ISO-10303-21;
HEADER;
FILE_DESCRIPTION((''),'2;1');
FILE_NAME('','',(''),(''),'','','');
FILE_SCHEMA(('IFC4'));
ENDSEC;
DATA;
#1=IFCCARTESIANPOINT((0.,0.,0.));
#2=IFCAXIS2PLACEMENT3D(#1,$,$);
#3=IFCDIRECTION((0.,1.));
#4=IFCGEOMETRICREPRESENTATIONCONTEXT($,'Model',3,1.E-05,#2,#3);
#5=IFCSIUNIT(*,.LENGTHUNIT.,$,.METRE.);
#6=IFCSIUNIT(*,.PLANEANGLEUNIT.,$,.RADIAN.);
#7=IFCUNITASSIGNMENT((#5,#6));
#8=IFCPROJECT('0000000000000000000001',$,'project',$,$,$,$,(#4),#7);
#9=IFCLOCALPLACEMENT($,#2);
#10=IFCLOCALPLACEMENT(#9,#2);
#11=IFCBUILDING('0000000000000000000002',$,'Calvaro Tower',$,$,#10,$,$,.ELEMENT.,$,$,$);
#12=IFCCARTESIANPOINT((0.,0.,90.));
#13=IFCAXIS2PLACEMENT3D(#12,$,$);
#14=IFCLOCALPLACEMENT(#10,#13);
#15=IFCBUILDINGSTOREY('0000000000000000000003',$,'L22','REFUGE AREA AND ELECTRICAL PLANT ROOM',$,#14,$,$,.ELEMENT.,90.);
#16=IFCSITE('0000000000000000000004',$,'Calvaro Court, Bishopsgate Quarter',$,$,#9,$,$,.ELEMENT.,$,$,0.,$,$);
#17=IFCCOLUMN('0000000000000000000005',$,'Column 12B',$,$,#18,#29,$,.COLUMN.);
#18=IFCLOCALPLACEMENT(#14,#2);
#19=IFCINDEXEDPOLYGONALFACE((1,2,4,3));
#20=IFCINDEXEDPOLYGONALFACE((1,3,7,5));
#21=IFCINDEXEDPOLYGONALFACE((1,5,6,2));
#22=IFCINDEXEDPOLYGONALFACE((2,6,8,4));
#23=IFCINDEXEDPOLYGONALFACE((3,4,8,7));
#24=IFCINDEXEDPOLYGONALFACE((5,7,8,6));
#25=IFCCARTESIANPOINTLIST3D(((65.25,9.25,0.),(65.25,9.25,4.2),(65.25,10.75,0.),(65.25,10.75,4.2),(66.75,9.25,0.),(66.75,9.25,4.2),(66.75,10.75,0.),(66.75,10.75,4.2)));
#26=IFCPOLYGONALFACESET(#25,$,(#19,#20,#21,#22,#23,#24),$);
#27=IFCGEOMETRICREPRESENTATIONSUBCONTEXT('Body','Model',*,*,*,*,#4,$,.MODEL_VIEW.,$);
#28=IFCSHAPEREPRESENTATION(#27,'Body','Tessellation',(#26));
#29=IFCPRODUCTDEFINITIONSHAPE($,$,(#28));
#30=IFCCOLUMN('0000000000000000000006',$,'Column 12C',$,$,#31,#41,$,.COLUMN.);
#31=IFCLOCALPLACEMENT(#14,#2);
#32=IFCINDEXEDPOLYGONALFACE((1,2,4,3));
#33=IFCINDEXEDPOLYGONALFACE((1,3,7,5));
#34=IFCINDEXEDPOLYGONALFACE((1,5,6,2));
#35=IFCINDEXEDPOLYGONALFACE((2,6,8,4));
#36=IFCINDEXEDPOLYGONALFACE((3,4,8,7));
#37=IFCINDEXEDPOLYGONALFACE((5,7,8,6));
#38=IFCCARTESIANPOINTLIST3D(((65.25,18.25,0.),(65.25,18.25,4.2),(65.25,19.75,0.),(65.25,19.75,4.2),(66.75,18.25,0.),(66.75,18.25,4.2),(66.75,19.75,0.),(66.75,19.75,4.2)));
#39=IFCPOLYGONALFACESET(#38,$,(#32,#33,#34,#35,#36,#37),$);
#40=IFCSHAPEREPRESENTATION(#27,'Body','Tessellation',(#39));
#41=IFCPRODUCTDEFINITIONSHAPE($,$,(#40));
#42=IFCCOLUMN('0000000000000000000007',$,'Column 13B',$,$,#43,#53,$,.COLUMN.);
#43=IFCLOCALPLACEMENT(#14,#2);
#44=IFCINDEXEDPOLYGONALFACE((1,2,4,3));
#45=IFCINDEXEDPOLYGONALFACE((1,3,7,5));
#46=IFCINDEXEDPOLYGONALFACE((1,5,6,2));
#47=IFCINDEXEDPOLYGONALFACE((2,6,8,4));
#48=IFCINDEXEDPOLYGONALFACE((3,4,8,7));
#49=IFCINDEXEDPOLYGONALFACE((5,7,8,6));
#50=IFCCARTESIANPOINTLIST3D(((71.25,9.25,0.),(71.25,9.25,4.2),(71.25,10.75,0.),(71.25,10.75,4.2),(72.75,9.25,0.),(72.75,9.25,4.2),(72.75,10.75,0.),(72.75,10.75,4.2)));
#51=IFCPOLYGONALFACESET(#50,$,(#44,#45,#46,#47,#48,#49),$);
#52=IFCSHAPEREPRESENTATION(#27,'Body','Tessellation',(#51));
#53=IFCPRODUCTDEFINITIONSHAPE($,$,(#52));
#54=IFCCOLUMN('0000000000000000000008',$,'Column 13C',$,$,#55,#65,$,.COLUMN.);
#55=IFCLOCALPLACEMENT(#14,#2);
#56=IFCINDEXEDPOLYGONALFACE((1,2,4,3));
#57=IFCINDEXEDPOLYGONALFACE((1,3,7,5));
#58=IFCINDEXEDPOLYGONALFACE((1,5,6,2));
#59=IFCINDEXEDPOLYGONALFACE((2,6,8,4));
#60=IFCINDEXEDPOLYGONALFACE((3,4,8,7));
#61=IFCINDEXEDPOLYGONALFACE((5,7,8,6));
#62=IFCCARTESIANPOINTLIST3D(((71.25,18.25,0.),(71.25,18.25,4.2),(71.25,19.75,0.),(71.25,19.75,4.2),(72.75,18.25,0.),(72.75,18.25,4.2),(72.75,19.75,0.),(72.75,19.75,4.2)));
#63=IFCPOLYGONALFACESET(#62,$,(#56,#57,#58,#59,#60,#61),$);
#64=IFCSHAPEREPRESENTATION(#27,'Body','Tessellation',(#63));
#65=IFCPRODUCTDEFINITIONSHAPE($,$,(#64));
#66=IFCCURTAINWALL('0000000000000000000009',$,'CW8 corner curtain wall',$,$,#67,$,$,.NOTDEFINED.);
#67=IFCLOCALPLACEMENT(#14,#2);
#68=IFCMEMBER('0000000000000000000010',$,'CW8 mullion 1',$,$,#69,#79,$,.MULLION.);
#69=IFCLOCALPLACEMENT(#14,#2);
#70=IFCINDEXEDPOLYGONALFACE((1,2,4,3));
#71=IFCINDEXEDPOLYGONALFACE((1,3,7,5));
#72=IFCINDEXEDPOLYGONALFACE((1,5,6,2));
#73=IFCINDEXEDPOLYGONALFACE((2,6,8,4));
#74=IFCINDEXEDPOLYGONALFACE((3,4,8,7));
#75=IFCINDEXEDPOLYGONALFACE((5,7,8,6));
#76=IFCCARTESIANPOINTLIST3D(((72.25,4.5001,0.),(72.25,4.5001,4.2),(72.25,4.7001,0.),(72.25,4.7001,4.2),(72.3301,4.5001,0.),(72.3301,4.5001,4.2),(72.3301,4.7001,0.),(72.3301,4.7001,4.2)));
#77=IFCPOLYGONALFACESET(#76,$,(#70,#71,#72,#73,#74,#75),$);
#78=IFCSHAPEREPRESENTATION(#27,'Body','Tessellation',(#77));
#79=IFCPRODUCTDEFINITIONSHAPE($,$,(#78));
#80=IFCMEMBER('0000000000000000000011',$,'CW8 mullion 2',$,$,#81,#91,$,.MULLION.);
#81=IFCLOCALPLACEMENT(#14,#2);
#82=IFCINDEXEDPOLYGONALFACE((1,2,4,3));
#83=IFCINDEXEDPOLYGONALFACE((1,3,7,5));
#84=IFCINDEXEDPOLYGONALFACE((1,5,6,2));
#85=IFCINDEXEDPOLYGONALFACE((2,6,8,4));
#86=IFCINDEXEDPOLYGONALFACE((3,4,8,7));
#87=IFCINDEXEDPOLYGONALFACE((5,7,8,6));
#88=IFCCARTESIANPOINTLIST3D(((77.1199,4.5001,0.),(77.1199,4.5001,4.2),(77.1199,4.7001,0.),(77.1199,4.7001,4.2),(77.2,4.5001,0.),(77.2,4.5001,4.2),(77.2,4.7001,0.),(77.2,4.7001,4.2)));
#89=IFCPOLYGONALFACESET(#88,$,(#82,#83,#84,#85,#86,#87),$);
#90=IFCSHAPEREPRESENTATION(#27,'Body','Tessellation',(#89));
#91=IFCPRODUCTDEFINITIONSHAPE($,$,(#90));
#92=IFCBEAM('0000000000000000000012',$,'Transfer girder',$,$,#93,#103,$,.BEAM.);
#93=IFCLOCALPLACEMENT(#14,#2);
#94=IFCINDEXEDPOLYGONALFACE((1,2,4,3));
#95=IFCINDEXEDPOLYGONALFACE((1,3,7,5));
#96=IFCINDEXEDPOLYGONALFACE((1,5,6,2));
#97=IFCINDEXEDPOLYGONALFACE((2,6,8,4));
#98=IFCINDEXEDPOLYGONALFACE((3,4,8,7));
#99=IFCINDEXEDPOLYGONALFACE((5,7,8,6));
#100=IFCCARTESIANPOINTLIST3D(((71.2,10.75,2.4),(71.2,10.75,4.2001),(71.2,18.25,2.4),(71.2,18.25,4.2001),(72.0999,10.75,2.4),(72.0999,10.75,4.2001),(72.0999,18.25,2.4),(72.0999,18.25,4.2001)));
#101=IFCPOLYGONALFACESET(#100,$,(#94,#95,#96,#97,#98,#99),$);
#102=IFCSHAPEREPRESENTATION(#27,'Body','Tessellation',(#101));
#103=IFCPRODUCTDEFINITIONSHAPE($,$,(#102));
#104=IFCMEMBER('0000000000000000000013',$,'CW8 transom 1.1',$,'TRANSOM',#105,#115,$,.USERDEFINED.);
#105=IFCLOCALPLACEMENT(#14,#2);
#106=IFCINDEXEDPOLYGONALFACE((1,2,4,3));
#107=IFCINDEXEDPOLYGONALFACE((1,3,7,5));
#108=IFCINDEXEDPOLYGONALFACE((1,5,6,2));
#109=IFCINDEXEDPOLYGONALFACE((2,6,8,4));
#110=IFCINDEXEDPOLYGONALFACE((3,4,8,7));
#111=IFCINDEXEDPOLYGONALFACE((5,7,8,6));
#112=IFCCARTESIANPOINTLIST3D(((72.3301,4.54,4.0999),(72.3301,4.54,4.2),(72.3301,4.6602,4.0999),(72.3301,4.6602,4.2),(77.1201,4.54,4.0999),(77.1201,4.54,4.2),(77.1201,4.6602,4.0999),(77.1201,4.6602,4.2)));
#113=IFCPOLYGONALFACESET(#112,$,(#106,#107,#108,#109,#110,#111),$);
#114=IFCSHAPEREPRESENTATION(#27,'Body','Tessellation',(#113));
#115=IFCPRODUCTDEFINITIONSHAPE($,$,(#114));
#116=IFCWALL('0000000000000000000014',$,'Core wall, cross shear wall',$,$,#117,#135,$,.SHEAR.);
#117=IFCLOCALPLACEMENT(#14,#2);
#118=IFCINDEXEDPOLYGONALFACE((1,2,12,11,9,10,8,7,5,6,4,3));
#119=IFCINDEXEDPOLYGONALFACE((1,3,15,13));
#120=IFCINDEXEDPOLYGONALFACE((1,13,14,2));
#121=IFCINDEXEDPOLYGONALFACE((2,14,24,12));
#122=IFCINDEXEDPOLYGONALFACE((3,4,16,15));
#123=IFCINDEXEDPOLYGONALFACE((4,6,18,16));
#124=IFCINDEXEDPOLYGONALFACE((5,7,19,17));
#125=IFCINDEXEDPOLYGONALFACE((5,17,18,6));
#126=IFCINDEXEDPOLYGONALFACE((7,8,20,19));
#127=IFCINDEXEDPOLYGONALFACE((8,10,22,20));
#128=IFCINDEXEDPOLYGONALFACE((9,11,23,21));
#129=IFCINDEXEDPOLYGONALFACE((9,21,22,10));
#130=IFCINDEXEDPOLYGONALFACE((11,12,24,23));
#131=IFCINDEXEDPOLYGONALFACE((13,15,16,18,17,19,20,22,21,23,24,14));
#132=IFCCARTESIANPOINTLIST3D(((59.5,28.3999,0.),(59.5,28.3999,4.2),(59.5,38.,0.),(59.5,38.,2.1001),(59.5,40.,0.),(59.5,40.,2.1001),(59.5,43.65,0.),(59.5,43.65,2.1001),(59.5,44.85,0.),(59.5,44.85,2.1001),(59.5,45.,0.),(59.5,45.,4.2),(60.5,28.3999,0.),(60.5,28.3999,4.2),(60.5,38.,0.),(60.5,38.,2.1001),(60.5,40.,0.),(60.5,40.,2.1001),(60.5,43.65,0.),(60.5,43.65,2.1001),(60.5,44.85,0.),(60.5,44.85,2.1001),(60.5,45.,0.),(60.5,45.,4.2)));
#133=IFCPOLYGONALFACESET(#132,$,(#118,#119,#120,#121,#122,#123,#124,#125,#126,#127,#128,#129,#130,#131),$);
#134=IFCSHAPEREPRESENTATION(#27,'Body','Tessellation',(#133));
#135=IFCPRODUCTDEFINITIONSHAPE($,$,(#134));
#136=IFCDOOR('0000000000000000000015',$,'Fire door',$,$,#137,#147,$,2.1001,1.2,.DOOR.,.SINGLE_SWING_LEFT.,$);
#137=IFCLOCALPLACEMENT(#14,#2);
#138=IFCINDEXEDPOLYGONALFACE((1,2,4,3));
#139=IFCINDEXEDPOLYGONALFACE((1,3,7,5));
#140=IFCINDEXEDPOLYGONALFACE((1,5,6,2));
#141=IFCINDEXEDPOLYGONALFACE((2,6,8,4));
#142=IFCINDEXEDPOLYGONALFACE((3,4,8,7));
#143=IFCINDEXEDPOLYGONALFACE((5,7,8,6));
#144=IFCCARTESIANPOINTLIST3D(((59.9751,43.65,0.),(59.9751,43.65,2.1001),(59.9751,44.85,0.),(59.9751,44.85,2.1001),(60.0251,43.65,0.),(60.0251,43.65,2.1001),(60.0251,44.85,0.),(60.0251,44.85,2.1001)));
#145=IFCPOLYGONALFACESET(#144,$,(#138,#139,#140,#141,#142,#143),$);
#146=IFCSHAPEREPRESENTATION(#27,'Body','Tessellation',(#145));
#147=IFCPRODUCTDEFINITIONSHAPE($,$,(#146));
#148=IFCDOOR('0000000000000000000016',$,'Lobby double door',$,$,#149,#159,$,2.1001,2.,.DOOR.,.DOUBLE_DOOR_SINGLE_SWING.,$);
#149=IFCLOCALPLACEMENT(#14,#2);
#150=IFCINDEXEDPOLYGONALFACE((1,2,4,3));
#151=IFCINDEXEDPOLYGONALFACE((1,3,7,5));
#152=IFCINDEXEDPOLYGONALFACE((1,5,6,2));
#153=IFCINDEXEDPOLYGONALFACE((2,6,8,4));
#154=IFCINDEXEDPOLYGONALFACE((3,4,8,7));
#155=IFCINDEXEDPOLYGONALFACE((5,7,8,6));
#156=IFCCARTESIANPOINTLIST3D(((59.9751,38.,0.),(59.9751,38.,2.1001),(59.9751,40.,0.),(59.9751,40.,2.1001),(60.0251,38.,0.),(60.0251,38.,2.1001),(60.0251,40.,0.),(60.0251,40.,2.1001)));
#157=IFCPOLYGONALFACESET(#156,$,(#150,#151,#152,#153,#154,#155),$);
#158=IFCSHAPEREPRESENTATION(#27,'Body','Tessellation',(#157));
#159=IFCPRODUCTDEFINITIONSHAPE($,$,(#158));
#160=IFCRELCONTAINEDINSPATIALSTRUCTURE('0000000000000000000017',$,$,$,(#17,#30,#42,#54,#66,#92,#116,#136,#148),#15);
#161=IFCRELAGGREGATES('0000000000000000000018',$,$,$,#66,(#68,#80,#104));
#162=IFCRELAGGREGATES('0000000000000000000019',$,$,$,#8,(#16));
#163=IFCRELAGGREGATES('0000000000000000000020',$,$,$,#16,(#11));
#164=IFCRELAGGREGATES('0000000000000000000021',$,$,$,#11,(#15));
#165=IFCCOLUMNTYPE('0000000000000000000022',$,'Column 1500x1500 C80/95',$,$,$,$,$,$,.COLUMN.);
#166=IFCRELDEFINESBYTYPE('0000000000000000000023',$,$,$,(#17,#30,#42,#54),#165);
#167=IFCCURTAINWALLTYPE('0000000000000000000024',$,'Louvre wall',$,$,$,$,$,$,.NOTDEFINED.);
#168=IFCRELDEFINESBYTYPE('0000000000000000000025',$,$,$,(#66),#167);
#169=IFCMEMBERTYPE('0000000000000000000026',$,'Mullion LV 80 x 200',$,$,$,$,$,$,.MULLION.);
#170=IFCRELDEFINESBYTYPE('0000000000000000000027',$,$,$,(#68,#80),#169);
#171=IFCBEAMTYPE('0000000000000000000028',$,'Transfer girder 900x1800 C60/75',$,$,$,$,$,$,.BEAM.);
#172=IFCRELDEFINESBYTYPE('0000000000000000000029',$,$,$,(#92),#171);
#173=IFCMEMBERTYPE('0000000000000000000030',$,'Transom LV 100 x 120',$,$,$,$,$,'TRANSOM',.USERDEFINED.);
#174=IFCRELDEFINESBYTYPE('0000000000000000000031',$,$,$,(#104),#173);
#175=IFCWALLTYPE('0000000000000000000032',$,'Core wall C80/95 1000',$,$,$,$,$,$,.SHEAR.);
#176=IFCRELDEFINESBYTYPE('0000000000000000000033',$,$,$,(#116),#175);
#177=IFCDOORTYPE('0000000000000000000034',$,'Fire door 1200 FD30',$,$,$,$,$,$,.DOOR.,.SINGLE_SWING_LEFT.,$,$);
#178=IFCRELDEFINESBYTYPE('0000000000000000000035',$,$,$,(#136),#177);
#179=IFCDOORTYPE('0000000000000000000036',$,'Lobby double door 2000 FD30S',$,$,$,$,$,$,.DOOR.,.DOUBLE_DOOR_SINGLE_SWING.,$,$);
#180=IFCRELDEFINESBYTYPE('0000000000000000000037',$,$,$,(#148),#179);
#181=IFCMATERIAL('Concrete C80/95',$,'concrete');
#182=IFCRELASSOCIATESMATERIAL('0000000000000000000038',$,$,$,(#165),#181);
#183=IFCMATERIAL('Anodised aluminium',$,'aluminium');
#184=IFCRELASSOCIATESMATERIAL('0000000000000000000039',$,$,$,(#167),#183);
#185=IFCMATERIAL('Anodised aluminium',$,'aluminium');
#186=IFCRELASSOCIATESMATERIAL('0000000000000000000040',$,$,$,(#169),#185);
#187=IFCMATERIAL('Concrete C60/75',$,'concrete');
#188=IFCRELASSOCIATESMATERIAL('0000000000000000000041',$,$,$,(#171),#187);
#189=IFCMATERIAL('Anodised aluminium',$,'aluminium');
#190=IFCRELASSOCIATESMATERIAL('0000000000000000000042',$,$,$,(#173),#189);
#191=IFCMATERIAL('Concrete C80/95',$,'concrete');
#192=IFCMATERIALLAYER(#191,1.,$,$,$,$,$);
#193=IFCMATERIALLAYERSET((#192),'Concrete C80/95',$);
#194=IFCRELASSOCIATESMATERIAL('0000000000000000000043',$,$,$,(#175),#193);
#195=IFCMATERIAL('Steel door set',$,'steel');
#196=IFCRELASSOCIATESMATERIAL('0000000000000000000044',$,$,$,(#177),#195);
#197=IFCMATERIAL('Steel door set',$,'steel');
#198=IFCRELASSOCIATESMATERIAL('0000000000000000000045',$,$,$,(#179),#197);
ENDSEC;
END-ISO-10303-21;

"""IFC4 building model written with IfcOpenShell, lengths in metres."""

from ifc_helpers import new_model, si_unit, direction, frame, frame_2d, origin, origin_2d, place, context, subcontext, project, spatial, rectangle, extrude, material, layer, layer_set, material_profile, profile_set, type_object, element, fill, aggregate, save


model = new_model("IFC4")

# Units and contexts
model_context = context("Model", 3, precision=1e-05, world=origin(), true_north=direction((0.0, 1.0)))
body_context = subcontext(model_context, "Body", "Model", "MODEL_VIEW")
ifc_project = project(units=[si_unit("LENGTHUNIT", "METRE"), si_unit("PLANEANGLEUNIT", "RADIAN")], contexts=[model_context])

# Site, building, storey
site_placement = place(None, origin())
site = spatial("IfcSite", under=ifc_project, at=site_placement, Name="Calvaro Court, Bishopsgate Quarter", CompositionType="ELEMENT", RefElevation=0.0)
building_placement = place(site_placement, origin())
building = spatial("IfcBuilding", under=site, at=building_placement, Name="Calvaro Tower", CompositionType="ELEMENT")
storey_placement = place(building_placement, frame((0.0, 0.0, 90.0)))
storey = spatial("IfcBuildingStorey", under=building, at=storey_placement, Name="L22", Description="REFUGE AREA AND ELECTRICAL PLANT ROOM", CompositionType="ELEMENT", Elevation=90.0)

# Columns
ifc_material_1 = material(Name="Concrete C80/95", Category="concrete")
ifc_material_profile_1 = material_profile(ifc_material_1, rectangle(XDim=1.5, YDim=1.5, at=origin_2d()), Name="RC 1500x1500")
ifc_profile_set_1 = profile_set([ifc_material_profile_1], Name="Concrete C80/95")
column_type = type_object("IfcColumnType", Name="Column 1500x1500 C80/95", PredefinedType="COLUMN", material=ifc_profile_set_1)
for number, where, z_axis, x_axis, name in (
    (1, (66.0, 10.0, 0.0), (0.0, 0.0, 1.0), (1.0, 0.0, 0.0), "Column 12B"),
    (2, (66.0, 19.0, 0.0), (0.0, 0.0, 1.0), (1.0, 0.0, 0.0), "Column 12C"),
    (3, (72.0, 10.0, 0.0), (0.0, 0.0, 1.0), (1.0, 0.0, 0.0), "Column 13B"),
    (4, (72.0, 19.0, 0.0), (0.0, 0.0, 1.0), (1.0, 0.0, 0.0), "Column 13C"),
):
    element("IfcColumn", number, at=place(storey_placement, frame(where, z_axis=z_axis, x_axis=x_axis)), inside=storey, type_object=column_type, Name=name, PredefinedType="COLUMN", context=body_context, shape_type="SweptSolid", body=[
        extrude(rectangle(XDim=1.5, YDim=1.5, at=origin_2d()), origin(), (0.0, 0.0, 1.0), 4.2),
    ])

# Curtain wall, members
ifc_material_2 = material(Name="Anodised aluminium", Category="aluminium")
curtain_wall_type = type_object("IfcCurtainWallType", Name="Louvre wall", PredefinedType="NOTDEFINED", material=ifc_material_2)
curtain_wall_placement = place(storey_placement, origin())
curtain_wall = element("IfcCurtainWall", 5, at=curtain_wall_placement, inside=storey, type_object=curtain_wall_type, Name="CW8 corner curtain wall", PredefinedType="NOTDEFINED")
ifc_material_3 = material(Name="Anodised aluminium", Category="aluminium")
ifc_material_profile_2 = material_profile(ifc_material_3, rectangle(XDim=0.2, YDim=0.0801, at=origin_2d()), Name="Mullion LV 80 x 200")
ifc_profile_set_2 = profile_set([ifc_material_profile_2], Name="Anodised aluminium")
member_type_1 = type_object("IfcMemberType", Name="Mullion LV 80 x 200", PredefinedType="MULLION", material=ifc_profile_set_2)
member_1_placement = place(storey_placement, frame((72.29, 4.6001, 0.0), z_axis=(0.0, 0.0, 1.0), x_axis=(0.0, 1.0, 0.0)))
member_1 = element("IfcMember", 6, at=member_1_placement, type_object=member_type_1, Name="CW8 mullion 1", PredefinedType="MULLION", context=body_context, shape_type="SweptSolid", body=[
    extrude(rectangle(XDim=0.2, YDim=0.0801, at=origin_2d()), origin(), (0.0, 0.0, 1.0), 4.2),
])
member_2_placement = place(storey_placement, frame((77.1599, 4.6001, 0.0), z_axis=(0.0, 0.0, 1.0), x_axis=(0.0, 1.0, 0.0)))
member_2 = element("IfcMember", 7, at=member_2_placement, type_object=member_type_1, Name="CW8 mullion 2", PredefinedType="MULLION", context=body_context, shape_type="SweptSolid", body=[
    extrude(rectangle(XDim=0.2, YDim=0.0801, at=origin_2d()), origin(), (0.0, 0.0, 1.0), 4.2),
])

# Beam
ifc_material_4 = material(Name="Concrete C60/75", Category="concrete")
ifc_material_profile_3 = material_profile(ifc_material_4, rectangle(XDim=0.8999, YDim=1.8, at=origin_2d()), Name="RC 900x1800")
ifc_profile_set_3 = profile_set([ifc_material_profile_3], Name="Concrete C60/75")
beam_type = type_object("IfcBeamType", Name="Transfer girder 900x1800 C60/75", PredefinedType="BEAM", material=ifc_profile_set_3)
beam_placement = place(storey_placement, frame((71.6499, 10.75, 3.3), z_axis=(0.0, 1.0, 0.0), x_axis=(-1.0, 0.0, 0.0)))
element("IfcBeam", 8, at=beam_placement, inside=storey, type_object=beam_type, Name="Transfer girder", PredefinedType="BEAM", context=body_context, shape_type="SweptSolid", body=[
    extrude(rectangle(XDim=0.8999, YDim=1.8, at=origin_2d()), origin(), (0.0, 0.0, 1.0), 7.5),
])

# Member
ifc_material_5 = material(Name="Anodised aluminium", Category="aluminium")
ifc_material_profile_4 = material_profile(ifc_material_5, rectangle(XDim=0.1201, YDim=0.1001, at=origin_2d()), Name="Transom LV 100 x 120")
ifc_profile_set_4 = profile_set([ifc_material_profile_4], Name="Anodised aluminium")
member_type_2 = type_object("IfcMemberType", Name="Transom LV 100 x 120", ElementType="TRANSOM", PredefinedType="USERDEFINED", material=ifc_profile_set_4)
member_3_placement = place(storey_placement, frame((72.3301, 4.6001, 4.1499), z_axis=(1.0, 0.0, 0.0), x_axis=(0.0, 1.0, 0.0)))
member_3 = element("IfcMember", 9, at=member_3_placement, type_object=member_type_2, Name="CW8 transom 1.1", ObjectType="TRANSOM", PredefinedType="USERDEFINED", context=body_context, shape_type="SweptSolid", body=[
    extrude(rectangle(XDim=0.1201, YDim=0.1001, at=origin_2d()), origin(), (0.0, 0.0, 1.0), 4.79),
])

# Wall, openings, doors
ifc_material_6 = material(Name="Concrete C80/95", Category="concrete")
ifc_layer_1 = layer(ifc_material_6, 1.0)
ifc_layer_set_1 = layer_set([ifc_layer_1], Name="Concrete C80/95")
wall_type_1 = type_object("IfcWallType", Name="Core wall C80/95 1000", PredefinedType="SHEAR", material=ifc_layer_set_1)
wall_1_placement = place(storey_placement, frame((60.0, 28.3999, 0.0), z_axis=(0.0, 0.0, 1.0), x_axis=(0.0, 1.0, 0.0)))
wall_1 = element("IfcWall", 10, at=wall_1_placement, inside=storey, type_object=wall_type_1, Name="Core wall, cross shear wall", PredefinedType="SHEAR", context=body_context, shape_type="SweptSolid", body=[
    extrude(rectangle(XDim=16.6001, YDim=1.0, at=frame_2d((8.3, 0.0))), origin(), (0.0, 0.0, 1.0), 4.2),
])
opening_1_placement = place(wall_1_placement, frame((9.6001, 0.0, 0.0)))
opening_1 = element("IfcOpeningElement", 11, at=opening_1_placement, cuts=wall_1, PredefinedType="OPENING", context=body_context, shape_type="SweptSolid", body=[
    extrude(rectangle(XDim=2.0, YDim=2.1001, at=frame_2d((1.0, 1.05))), frame((0.0, 0.51, 0.0), z_axis=(0.0, -1.0, 0.0), x_axis=(1.0, 0.0, 0.0)), (0.0, 0.0, 1.0), 1.02),
])
opening_2_placement = place(wall_1_placement, frame((15.25, 0.0, 0.0)))
opening_2 = element("IfcOpeningElement", 12, at=opening_2_placement, cuts=wall_1, PredefinedType="OPENING", context=body_context, shape_type="SweptSolid", body=[
    extrude(rectangle(XDim=1.2, YDim=2.1001, at=frame_2d((0.6001, 1.05))), frame((0.0, 0.51, 0.0), z_axis=(0.0, -1.0, 0.0), x_axis=(1.0, 0.0, 0.0)), (0.0, 0.0, 1.0), 1.02),
])
ifc_material_7 = material(Name="Steel door set", Category="steel")
door_type_1 = type_object("IfcDoorType", Name="Fire door 1200 FD30", OperationType="SINGLE_SWING_LEFT", PredefinedType="DOOR", material=ifc_material_7)
door_1_placement = place(opening_2_placement, origin())
door_1 = element("IfcDoor", 13, at=door_1_placement, inside=storey, type_object=door_type_1, Name="Fire door", OperationType="SINGLE_SWING_LEFT", OverallHeight=2.1001, OverallWidth=1.2, PredefinedType="DOOR", context=body_context, shape_type="SweptSolid", body=[
    extrude(rectangle(XDim=1.2, YDim=2.1001, at=frame_2d((0.6001, 1.05))), frame((0.0, 0.0249, 0.0), z_axis=(0.0, -1.0, 0.0), x_axis=(1.0, 0.0, 0.0)), (0.0, 0.0, 1.0), 0.05),
])
fill(opening_2, door_1)
ifc_material_8 = material(Name="Steel door set", Category="steel")
door_type_2 = type_object("IfcDoorType", Name="Lobby double door 2000 FD30S", OperationType="DOUBLE_DOOR_SINGLE_SWING", PredefinedType="DOOR", material=ifc_material_8)
door_2_placement = place(opening_1_placement, origin())
door_2 = element("IfcDoor", 14, at=door_2_placement, inside=storey, type_object=door_type_2, Name="Lobby double door", OperationType="DOUBLE_DOOR_SINGLE_SWING", OverallHeight=2.1001, OverallWidth=2.0, PredefinedType="DOOR", context=body_context, shape_type="SweptSolid", body=[
    extrude(rectangle(XDim=2.0, YDim=2.1001, at=frame_2d((1.0, 1.05))), frame((0.0, 0.0249, 0.0), z_axis=(0.0, -1.0, 0.0), x_axis=(1.0, 0.0, 0.0)), (0.0, 0.0, 1.0), 0.05),
])
fill(opening_1, door_2)

aggregate(curtain_wall, [member_1, member_2, member_3])

save(model, "model.ifc")
